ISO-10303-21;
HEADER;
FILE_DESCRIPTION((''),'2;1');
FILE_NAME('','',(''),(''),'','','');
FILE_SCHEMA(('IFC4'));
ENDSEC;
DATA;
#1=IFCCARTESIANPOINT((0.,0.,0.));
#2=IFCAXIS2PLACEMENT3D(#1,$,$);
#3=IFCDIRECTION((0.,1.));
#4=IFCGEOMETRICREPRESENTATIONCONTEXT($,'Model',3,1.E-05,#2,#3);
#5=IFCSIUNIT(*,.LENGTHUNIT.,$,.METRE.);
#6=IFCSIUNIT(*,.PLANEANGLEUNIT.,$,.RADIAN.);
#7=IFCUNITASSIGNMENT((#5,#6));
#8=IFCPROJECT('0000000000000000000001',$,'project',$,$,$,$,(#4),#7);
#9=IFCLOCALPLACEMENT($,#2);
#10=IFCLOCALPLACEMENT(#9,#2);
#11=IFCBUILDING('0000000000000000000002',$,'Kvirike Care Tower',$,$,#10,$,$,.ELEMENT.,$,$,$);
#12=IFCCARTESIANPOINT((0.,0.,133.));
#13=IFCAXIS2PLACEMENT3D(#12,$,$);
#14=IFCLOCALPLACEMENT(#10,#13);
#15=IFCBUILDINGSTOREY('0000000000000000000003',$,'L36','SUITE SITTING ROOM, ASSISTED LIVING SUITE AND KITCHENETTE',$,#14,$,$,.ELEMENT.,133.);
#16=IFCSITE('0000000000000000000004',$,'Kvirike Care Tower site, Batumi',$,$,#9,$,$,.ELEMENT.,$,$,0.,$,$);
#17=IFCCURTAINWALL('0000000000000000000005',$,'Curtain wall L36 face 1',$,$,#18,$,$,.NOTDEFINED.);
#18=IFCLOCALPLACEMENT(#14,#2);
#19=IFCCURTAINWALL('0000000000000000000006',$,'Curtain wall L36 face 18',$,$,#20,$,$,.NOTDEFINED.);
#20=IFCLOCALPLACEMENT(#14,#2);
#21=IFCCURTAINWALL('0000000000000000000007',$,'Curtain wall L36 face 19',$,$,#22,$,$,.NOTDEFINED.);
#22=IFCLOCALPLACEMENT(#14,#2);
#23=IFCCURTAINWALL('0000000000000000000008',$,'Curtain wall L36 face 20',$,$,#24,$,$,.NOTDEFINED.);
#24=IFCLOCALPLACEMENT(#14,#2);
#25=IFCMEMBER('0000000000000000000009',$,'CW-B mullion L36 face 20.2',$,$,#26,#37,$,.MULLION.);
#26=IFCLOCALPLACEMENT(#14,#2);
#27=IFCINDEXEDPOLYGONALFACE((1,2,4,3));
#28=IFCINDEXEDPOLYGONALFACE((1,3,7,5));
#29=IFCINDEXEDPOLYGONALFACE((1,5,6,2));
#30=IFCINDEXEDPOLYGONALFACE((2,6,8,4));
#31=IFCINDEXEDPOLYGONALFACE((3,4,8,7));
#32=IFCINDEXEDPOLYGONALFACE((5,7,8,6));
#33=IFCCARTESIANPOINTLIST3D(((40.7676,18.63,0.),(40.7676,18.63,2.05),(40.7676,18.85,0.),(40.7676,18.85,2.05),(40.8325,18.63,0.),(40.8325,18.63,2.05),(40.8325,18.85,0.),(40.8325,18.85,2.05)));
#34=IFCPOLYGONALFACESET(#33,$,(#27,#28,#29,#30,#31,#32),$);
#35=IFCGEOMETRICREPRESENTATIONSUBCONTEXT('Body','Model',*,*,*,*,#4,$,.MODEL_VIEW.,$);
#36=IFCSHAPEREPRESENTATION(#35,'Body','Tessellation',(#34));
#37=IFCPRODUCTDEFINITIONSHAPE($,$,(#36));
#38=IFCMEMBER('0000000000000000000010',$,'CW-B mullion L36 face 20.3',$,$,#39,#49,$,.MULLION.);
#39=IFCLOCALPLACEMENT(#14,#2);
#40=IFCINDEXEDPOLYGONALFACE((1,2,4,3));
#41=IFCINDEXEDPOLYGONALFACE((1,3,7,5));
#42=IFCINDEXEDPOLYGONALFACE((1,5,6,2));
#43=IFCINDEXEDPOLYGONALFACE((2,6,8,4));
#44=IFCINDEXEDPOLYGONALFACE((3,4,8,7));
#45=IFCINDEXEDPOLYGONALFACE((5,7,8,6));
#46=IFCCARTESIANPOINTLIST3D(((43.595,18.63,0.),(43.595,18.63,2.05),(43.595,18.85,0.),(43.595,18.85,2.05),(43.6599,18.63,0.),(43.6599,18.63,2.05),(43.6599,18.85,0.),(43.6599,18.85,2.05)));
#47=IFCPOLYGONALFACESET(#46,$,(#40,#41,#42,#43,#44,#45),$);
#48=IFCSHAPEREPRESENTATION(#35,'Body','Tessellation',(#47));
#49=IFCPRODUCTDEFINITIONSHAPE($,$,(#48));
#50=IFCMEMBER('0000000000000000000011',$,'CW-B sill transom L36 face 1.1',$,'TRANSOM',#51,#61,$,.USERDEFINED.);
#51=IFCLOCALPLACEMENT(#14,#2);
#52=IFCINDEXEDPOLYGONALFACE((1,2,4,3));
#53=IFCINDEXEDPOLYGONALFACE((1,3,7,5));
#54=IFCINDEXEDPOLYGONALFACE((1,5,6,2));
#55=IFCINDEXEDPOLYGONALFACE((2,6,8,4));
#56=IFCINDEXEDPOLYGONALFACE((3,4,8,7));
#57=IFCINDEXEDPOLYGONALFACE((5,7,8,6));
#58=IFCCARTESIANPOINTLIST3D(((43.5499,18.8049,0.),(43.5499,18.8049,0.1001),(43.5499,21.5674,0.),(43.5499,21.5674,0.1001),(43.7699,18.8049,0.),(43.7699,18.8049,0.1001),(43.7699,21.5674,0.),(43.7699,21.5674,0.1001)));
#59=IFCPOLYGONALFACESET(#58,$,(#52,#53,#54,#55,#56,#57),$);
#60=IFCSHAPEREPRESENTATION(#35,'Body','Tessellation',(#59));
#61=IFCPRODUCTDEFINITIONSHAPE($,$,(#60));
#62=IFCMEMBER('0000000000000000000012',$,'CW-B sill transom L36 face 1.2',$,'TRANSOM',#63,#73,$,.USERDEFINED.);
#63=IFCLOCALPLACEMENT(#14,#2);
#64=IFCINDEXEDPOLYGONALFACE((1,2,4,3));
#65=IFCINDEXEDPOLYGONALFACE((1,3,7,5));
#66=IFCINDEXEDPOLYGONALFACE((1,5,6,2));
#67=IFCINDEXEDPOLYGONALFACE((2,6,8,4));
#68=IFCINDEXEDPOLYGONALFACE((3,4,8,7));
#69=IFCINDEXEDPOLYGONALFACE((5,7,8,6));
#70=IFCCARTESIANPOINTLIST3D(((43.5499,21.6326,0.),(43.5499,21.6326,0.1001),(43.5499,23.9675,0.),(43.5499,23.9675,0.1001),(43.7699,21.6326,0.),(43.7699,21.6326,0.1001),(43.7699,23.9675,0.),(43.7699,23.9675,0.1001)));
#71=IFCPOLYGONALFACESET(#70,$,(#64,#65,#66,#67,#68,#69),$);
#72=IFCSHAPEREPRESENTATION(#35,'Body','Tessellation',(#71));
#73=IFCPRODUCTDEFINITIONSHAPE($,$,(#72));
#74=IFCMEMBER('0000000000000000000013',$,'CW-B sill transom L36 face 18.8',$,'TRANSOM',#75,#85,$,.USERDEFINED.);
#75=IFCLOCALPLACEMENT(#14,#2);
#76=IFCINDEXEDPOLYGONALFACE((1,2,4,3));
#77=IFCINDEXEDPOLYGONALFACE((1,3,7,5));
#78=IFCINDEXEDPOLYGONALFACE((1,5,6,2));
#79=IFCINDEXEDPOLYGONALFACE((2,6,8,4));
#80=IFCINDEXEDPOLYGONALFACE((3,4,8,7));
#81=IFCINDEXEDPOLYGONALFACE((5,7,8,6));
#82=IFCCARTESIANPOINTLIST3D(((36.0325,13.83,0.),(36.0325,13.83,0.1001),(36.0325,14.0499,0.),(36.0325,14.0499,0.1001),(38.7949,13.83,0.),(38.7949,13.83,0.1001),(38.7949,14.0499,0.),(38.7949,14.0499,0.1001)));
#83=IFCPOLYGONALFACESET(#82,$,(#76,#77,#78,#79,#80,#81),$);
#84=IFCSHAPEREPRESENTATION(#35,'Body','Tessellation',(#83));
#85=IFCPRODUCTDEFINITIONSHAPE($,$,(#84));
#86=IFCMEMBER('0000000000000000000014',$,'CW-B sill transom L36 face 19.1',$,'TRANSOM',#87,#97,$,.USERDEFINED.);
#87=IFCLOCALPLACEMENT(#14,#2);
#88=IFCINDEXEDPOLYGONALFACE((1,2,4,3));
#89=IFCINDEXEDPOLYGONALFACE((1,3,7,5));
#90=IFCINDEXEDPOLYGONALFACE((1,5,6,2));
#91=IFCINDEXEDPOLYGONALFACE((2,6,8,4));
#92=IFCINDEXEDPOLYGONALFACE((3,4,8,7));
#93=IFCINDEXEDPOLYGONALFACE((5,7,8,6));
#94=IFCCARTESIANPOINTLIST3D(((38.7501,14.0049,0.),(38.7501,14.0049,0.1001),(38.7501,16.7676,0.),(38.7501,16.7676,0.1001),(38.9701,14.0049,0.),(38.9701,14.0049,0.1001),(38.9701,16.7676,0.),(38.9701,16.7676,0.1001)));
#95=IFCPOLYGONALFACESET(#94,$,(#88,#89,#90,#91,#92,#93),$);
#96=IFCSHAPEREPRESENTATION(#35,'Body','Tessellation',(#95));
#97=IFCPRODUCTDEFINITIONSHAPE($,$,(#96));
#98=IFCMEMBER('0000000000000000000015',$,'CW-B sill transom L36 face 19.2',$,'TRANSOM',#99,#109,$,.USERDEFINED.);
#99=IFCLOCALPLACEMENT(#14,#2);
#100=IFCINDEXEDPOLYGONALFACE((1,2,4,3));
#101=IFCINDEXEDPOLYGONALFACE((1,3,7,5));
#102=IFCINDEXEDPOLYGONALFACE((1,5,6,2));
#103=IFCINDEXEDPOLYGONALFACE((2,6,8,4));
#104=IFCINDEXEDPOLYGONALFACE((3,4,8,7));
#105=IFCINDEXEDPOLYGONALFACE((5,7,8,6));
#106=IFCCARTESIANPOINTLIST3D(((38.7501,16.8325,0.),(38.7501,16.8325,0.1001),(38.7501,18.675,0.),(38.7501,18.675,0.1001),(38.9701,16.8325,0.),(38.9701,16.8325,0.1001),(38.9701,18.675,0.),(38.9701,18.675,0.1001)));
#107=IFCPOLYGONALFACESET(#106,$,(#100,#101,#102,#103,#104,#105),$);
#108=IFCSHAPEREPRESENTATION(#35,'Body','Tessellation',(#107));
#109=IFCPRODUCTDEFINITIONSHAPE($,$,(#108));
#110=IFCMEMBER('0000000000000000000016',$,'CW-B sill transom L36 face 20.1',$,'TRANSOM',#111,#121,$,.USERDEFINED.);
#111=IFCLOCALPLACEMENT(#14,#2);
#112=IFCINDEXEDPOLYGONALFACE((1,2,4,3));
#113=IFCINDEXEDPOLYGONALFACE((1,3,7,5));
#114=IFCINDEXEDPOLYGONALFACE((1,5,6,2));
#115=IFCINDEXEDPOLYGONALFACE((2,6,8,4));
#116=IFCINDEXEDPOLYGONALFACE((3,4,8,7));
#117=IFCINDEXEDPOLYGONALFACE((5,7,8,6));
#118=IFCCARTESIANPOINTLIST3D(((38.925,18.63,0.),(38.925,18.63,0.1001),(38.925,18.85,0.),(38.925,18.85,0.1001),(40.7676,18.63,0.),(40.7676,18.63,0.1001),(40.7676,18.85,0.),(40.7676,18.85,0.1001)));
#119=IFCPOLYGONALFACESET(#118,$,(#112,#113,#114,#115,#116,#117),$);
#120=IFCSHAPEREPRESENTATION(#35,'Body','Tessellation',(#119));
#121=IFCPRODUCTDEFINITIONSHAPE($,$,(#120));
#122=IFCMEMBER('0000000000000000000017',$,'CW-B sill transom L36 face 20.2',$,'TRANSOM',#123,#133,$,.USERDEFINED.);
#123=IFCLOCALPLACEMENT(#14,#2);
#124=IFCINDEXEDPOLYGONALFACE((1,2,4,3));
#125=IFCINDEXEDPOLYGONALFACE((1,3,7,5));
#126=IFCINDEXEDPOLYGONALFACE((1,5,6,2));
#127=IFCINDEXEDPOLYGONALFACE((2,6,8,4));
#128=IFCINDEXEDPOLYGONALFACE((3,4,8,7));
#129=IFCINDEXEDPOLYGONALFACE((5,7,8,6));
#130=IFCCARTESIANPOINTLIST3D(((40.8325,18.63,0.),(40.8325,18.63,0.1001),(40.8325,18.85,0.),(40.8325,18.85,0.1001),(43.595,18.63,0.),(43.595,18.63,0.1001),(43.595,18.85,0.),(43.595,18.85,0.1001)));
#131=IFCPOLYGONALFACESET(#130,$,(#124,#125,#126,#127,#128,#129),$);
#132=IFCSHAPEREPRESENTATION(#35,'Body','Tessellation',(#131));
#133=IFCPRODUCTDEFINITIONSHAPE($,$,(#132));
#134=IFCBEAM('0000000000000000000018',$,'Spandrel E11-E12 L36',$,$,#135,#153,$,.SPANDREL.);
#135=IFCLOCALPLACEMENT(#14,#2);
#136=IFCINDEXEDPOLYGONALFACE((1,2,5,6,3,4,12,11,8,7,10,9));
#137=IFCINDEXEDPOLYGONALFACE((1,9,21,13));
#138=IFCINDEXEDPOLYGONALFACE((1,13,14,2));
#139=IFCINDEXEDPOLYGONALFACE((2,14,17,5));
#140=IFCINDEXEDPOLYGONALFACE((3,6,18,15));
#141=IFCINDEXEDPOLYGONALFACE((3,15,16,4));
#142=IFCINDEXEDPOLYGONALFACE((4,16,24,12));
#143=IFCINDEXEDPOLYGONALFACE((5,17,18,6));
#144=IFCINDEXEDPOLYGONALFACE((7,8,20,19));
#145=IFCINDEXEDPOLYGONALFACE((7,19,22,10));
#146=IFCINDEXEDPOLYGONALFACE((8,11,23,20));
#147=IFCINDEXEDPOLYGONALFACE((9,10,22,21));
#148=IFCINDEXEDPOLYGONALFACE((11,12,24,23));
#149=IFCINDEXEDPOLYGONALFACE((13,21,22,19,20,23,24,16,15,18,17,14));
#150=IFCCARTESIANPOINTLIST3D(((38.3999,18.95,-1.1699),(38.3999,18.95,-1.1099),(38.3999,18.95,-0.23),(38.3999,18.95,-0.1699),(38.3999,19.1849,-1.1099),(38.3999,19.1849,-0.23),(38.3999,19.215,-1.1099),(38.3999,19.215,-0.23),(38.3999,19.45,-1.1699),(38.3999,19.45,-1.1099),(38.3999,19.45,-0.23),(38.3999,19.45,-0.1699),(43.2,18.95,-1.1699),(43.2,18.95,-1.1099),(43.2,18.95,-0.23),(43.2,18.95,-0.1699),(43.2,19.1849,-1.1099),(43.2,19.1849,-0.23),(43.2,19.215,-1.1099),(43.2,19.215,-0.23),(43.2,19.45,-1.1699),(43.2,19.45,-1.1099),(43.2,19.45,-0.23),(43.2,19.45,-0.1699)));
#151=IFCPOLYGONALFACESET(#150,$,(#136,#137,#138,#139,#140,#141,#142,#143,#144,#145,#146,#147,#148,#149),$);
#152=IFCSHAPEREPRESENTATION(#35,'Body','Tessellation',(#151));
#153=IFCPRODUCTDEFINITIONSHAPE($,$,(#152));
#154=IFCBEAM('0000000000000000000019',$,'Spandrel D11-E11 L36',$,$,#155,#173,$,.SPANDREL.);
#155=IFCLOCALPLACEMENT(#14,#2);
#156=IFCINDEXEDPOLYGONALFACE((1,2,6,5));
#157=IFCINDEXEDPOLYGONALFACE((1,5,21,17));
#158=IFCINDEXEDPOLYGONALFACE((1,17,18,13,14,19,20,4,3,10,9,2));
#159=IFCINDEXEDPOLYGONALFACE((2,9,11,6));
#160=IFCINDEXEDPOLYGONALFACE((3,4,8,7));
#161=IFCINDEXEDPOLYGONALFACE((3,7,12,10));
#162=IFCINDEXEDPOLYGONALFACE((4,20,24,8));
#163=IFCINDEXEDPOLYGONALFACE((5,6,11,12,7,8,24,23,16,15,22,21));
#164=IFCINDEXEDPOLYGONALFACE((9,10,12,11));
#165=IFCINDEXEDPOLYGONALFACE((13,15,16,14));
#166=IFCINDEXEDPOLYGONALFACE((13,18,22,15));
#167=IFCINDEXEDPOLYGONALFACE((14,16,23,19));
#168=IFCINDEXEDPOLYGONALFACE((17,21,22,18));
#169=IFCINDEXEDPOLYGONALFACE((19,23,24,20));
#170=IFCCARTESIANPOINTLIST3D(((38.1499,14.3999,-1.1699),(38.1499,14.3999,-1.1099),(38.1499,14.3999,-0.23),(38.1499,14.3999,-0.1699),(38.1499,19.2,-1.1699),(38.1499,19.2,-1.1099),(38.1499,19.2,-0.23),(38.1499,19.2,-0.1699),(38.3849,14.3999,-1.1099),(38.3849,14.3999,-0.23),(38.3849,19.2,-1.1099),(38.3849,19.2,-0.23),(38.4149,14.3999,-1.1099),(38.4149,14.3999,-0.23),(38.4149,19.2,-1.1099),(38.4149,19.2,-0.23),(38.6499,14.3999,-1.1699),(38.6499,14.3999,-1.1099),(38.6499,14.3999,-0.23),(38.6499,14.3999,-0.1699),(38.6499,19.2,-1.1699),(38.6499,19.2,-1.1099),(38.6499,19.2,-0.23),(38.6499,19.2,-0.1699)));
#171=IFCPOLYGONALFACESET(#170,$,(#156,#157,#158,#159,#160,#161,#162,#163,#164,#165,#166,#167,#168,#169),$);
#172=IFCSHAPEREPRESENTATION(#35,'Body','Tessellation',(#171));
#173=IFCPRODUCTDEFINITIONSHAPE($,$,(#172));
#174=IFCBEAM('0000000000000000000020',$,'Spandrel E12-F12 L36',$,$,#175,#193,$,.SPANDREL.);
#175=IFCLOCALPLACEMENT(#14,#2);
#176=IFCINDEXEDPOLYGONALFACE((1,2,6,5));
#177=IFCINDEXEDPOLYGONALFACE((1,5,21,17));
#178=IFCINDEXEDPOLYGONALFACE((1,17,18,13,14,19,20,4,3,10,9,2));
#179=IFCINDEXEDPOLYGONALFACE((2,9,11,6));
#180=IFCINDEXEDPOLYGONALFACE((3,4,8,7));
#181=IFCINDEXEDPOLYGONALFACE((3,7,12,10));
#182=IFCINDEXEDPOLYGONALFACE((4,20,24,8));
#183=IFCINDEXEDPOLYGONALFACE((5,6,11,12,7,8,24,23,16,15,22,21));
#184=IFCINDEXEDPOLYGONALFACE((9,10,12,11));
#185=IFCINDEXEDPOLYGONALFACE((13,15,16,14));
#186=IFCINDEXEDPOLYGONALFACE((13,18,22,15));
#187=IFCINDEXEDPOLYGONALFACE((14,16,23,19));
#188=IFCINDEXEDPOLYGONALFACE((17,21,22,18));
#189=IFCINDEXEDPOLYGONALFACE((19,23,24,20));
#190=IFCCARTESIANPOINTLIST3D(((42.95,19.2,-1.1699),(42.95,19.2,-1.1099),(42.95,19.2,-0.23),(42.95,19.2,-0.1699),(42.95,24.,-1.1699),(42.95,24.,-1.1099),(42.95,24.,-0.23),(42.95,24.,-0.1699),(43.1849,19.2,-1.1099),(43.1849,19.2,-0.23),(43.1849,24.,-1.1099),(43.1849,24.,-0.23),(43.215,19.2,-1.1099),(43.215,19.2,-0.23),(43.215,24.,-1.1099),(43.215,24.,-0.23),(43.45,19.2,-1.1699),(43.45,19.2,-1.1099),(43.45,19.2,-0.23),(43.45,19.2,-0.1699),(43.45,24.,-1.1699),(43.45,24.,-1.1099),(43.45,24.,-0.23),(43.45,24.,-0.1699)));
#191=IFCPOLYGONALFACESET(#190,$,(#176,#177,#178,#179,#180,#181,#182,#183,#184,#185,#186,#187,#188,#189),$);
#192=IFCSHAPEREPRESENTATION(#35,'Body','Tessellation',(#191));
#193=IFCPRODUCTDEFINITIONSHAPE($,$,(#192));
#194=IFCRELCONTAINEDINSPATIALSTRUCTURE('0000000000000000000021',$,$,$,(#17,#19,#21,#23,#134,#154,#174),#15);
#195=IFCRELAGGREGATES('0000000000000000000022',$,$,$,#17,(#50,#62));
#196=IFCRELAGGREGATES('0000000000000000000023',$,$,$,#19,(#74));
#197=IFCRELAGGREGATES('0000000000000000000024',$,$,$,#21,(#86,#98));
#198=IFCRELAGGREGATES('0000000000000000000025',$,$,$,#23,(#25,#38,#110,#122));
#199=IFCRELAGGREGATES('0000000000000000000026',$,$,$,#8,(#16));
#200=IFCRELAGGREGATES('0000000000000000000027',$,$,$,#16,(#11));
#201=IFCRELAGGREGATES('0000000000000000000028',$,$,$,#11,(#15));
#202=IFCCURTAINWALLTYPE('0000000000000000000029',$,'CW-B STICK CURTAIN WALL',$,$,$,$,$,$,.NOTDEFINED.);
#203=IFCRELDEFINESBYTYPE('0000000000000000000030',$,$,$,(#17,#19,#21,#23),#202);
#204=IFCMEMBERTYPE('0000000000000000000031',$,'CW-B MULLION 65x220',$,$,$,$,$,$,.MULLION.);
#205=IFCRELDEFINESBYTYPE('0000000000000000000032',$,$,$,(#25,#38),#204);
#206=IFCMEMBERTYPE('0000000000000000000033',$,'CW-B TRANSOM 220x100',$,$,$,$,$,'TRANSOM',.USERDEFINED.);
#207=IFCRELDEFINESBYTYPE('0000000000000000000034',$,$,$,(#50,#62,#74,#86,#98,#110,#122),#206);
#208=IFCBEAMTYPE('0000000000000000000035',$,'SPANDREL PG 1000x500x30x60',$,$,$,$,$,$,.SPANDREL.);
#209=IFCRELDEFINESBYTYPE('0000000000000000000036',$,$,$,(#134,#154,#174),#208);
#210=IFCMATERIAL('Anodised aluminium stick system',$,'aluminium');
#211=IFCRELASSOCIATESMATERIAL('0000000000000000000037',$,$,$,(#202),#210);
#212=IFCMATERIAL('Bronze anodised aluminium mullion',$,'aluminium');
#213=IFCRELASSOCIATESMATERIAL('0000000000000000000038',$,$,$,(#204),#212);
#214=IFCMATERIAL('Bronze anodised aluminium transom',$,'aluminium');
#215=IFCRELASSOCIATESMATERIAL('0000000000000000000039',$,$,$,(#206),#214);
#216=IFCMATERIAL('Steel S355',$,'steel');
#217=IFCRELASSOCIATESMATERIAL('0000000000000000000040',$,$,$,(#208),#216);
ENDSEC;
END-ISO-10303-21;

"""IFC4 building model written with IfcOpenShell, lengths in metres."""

from ifc_helpers import new_model, si_unit, direction, frame, origin, origin_2d, place, context, subcontext, project, spatial, rectangle, i_section, extrude, material, material_profile, profile_set, type_object, element, aggregate, save


model = new_model("IFC4")

# Units and contexts
model_context = context("Model", 3, precision=1e-05, world=origin(), true_north=direction((0.0, 1.0)))
body_context = subcontext(model_context, "Body", "Model", "MODEL_VIEW")
ifc_project = project(units=[si_unit("LENGTHUNIT", "METRE"), si_unit("PLANEANGLEUNIT", "RADIAN")], contexts=[model_context])

# Site, building, storey
site_placement = place(None, origin())
site = spatial("IfcSite", under=ifc_project, at=site_placement, Name="Kvirike Care Tower site, Batumi", CompositionType="ELEMENT", RefElevation=0.0)
building_placement = place(site_placement, origin())
building = spatial("IfcBuilding", under=site, at=building_placement, Name="Kvirike Care Tower", CompositionType="ELEMENT")
storey_placement = place(building_placement, frame((0.0, 0.0, 133.0)))
storey = spatial("IfcBuildingStorey", under=building, at=storey_placement, Name="L36", Description="SUITE SITTING ROOM, ASSISTED LIVING SUITE AND KITCHENETTE", CompositionType="ELEMENT", Elevation=133.0)

# Curtain walls
ifc_material_1 = material(Name="Anodised aluminium stick system", Category="aluminium")
curtain_wall_type = type_object("IfcCurtainWallType", Name="CW-B STICK CURTAIN WALL", PredefinedType="NOTDEFINED", material=ifc_material_1)
curtain_wall_1_placement = place(storey_placement, origin())
curtain_wall_1 = element("IfcCurtainWall", 1, at=curtain_wall_1_placement, inside=storey, type_object=curtain_wall_type, Name="Curtain wall L36 face 1", PredefinedType="NOTDEFINED")
curtain_wall_2_placement = place(storey_placement, origin())
curtain_wall_2 = element("IfcCurtainWall", 2, at=curtain_wall_2_placement, inside=storey, type_object=curtain_wall_type, Name="Curtain wall L36 face 18", PredefinedType="NOTDEFINED")

# Shared definitions
ifc_material_2 = material(Name="Bronze anodised aluminium mullion", Category="aluminium")
ifc_material_profile_1 = material_profile(ifc_material_2, rectangle(XDim=0.0649, YDim=0.22, at=origin_2d()), Name="CW-B MULLION 65x220")
ifc_profile_set_1 = profile_set([ifc_material_profile_1], Name="Bronze anodised aluminium mullion")
member_type_1 = type_object("IfcMemberType", Name="CW-B MULLION 65x220", PredefinedType="MULLION", material=ifc_profile_set_1)

# Curtain walls, members
curtain_wall_3_placement = place(storey_placement, origin())
curtain_wall_3 = element("IfcCurtainWall", 3, at=curtain_wall_3_placement, inside=storey, type_object=curtain_wall_type, Name="Curtain wall L36 face 19", PredefinedType="NOTDEFINED")
curtain_wall_4_placement = place(storey_placement, origin())
curtain_wall_4 = element("IfcCurtainWall", 4, at=curtain_wall_4_placement, inside=storey, type_object=curtain_wall_type, Name="Curtain wall L36 face 20", PredefinedType="NOTDEFINED")
member_1_placement = place(storey_placement, frame((40.8, 18.74, 0.0), z_axis=(0.0, 0.0, 1.0), x_axis=(1.0, 0.0, 0.0)))
member_1 = element("IfcMember", 5, at=member_1_placement, type_object=member_type_1, Name="CW-B mullion L36 face 20.2", PredefinedType="MULLION", context=body_context, shape_type="SweptSolid", body=[
    extrude(rectangle(XDim=0.0649, YDim=0.22, at=origin_2d()), origin(), (0.0, 0.0, 1.0), 2.05),
])
member_2_placement = place(storey_placement, frame((43.6274, 18.74, 0.0), z_axis=(0.0, 0.0, 1.0), x_axis=(1.0, 0.0, 0.0)))
member_2 = element("IfcMember", 6, at=member_2_placement, type_object=member_type_1, Name="CW-B mullion L36 face 20.3", PredefinedType="MULLION", context=body_context, shape_type="SweptSolid", body=[
    extrude(rectangle(XDim=0.0649, YDim=0.22, at=origin_2d()), origin(), (0.0, 0.0, 1.0), 2.05),
])

# Members
ifc_material_3 = material(Name="Bronze anodised aluminium transom", Category="aluminium")
ifc_material_profile_2 = material_profile(ifc_material_3, rectangle(XDim=0.22, YDim=0.1001, at=origin_2d()), Name="CW-B TRANSOM 220x100")
ifc_profile_set_2 = profile_set([ifc_material_profile_2], Name="Bronze anodised aluminium transom")
member_type_2 = type_object("IfcMemberType", Name="CW-B TRANSOM 220x100", ElementType="TRANSOM", PredefinedType="USERDEFINED", material=ifc_profile_set_2)
member_3_placement = place(storey_placement, frame((43.6599, 18.8049, 0.05), z_axis=(0.0, 1.0, 0.0), x_axis=(-1.0, 0.0, 0.0)))
member_3 = element("IfcMember", 7, at=member_3_placement, type_object=member_type_2, Name="CW-B sill transom L36 face 1.1", ObjectType="TRANSOM", PredefinedType="USERDEFINED", context=body_context, shape_type="SweptSolid", body=[
    extrude(rectangle(XDim=0.22, YDim=0.1001, at=origin_2d()), origin(), (0.0, 0.0, 1.0), 2.7625),
])
member_4_placement = place(storey_placement, frame((43.6599, 21.6326, 0.05), z_axis=(0.0, 1.0, 0.0), x_axis=(-1.0, 0.0, 0.0)))
member_4 = element("IfcMember", 8, at=member_4_placement, type_object=member_type_2, Name="CW-B sill transom L36 face 1.2", ObjectType="TRANSOM", PredefinedType="USERDEFINED", context=body_context, shape_type="SweptSolid", body=[
    extrude(rectangle(XDim=0.22, YDim=0.1001, at=origin_2d()), origin(), (0.0, 0.0, 1.0), 2.335),
])
member_5_placement = place(storey_placement, frame((36.0325, 13.9399, 0.05), z_axis=(1.0, 0.0, 0.0), x_axis=(0.0, 1.0, 0.0)))
member_5 = element("IfcMember", 9, at=member_5_placement, type_object=member_type_2, Name="CW-B sill transom L36 face 18.8", ObjectType="TRANSOM", PredefinedType="USERDEFINED", context=body_context, shape_type="SweptSolid", body=[
    extrude(rectangle(XDim=0.22, YDim=0.1001, at=origin_2d()), origin(), (0.0, 0.0, 1.0), 2.7625),
])
member_6_placement = place(storey_placement, frame((38.8601, 14.0049, 0.05), z_axis=(0.0, 1.0, 0.0), x_axis=(-1.0, 0.0, 0.0)))
member_6 = element("IfcMember", 10, at=member_6_placement, type_object=member_type_2, Name="CW-B sill transom L36 face 19.1", ObjectType="TRANSOM", PredefinedType="USERDEFINED", context=body_context, shape_type="SweptSolid", body=[
    extrude(rectangle(XDim=0.22, YDim=0.1001, at=origin_2d()), origin(), (0.0, 0.0, 1.0), 2.7627),
])
member_7_placement = place(storey_placement, frame((38.8601, 16.8325, 0.05), z_axis=(0.0, 1.0, 0.0), x_axis=(-1.0, 0.0, 0.0)))
member_7 = element("IfcMember", 11, at=member_7_placement, type_object=member_type_2, Name="CW-B sill transom L36 face 19.2", ObjectType="TRANSOM", PredefinedType="USERDEFINED", context=body_context, shape_type="SweptSolid", body=[
    extrude(rectangle(XDim=0.22, YDim=0.1001, at=origin_2d()), origin(), (0.0, 0.0, 1.0), 1.8425),
])
member_8_placement = place(storey_placement, frame((38.925, 18.74, 0.05), z_axis=(1.0, 0.0, 0.0), x_axis=(0.0, 1.0, 0.0)))
member_8 = element("IfcMember", 12, at=member_8_placement, type_object=member_type_2, Name="CW-B sill transom L36 face 20.1", ObjectType="TRANSOM", PredefinedType="USERDEFINED", context=body_context, shape_type="SweptSolid", body=[
    extrude(rectangle(XDim=0.22, YDim=0.1001, at=origin_2d()), origin(), (0.0, 0.0, 1.0), 1.8425),
])
member_9_placement = place(storey_placement, frame((40.8325, 18.74, 0.05), z_axis=(1.0, 0.0, 0.0), x_axis=(0.0, 1.0, 0.0)))
member_9 = element("IfcMember", 13, at=member_9_placement, type_object=member_type_2, Name="CW-B sill transom L36 face 20.2", ObjectType="TRANSOM", PredefinedType="USERDEFINED", context=body_context, shape_type="SweptSolid", body=[
    extrude(rectangle(XDim=0.22, YDim=0.1001, at=origin_2d()), origin(), (0.0, 0.0, 1.0), 2.7625),
])

# Beams
ifc_material_4 = material(Name="Steel S355", Category="steel")
ifc_material_profile_3 = material_profile(ifc_material_4, i_section(OverallWidth=0.5, OverallDepth=1.0, WebThickness=0.03, FlangeThickness=0.0601, at=origin_2d()), Name="PG 1000x500x30x60")
ifc_profile_set_3 = profile_set([ifc_material_profile_3], Name="Steel S355")
beam_type = type_object("IfcBeamType", Name="SPANDREL PG 1000x500x30x60", PredefinedType="SPANDREL", material=ifc_profile_set_3)
for number, where, z_axis, x_axis, name in (
    (14, (38.3999, 19.2, -0.6699), (1.0, 0.0, 0.0), (0.0, 1.0, 0.0), "Spandrel E11-E12 L36"),
    (15, (38.3999, 14.3999, -0.6699), (0.0, 1.0, 0.0), (-1.0, 0.0, 0.0), "Spandrel D11-E11 L36"),
    (16, (43.2, 19.2, -0.6699), (0.0, 1.0, 0.0), (-1.0, 0.0, 0.0), "Spandrel E12-F12 L36"),
):
    element("IfcBeam", number, at=place(storey_placement, frame(where, z_axis=z_axis, x_axis=x_axis)), inside=storey, type_object=beam_type, Name=name, PredefinedType="SPANDREL", context=body_context, shape_type="SweptSolid", body=[
        extrude(i_section(OverallWidth=0.5, OverallDepth=1.0, WebThickness=0.03, FlangeThickness=0.0601, at=origin_2d()), origin(), (0.0, 0.0, 1.0), 4.8),
    ])

aggregate(curtain_wall_1, [member_3, member_4])
aggregate(curtain_wall_2, [member_5])
aggregate(curtain_wall_3, [member_6, member_7])
aggregate(curtain_wall_4, [member_1, member_2, member_8, member_9])

save(model, "model.ifc")
